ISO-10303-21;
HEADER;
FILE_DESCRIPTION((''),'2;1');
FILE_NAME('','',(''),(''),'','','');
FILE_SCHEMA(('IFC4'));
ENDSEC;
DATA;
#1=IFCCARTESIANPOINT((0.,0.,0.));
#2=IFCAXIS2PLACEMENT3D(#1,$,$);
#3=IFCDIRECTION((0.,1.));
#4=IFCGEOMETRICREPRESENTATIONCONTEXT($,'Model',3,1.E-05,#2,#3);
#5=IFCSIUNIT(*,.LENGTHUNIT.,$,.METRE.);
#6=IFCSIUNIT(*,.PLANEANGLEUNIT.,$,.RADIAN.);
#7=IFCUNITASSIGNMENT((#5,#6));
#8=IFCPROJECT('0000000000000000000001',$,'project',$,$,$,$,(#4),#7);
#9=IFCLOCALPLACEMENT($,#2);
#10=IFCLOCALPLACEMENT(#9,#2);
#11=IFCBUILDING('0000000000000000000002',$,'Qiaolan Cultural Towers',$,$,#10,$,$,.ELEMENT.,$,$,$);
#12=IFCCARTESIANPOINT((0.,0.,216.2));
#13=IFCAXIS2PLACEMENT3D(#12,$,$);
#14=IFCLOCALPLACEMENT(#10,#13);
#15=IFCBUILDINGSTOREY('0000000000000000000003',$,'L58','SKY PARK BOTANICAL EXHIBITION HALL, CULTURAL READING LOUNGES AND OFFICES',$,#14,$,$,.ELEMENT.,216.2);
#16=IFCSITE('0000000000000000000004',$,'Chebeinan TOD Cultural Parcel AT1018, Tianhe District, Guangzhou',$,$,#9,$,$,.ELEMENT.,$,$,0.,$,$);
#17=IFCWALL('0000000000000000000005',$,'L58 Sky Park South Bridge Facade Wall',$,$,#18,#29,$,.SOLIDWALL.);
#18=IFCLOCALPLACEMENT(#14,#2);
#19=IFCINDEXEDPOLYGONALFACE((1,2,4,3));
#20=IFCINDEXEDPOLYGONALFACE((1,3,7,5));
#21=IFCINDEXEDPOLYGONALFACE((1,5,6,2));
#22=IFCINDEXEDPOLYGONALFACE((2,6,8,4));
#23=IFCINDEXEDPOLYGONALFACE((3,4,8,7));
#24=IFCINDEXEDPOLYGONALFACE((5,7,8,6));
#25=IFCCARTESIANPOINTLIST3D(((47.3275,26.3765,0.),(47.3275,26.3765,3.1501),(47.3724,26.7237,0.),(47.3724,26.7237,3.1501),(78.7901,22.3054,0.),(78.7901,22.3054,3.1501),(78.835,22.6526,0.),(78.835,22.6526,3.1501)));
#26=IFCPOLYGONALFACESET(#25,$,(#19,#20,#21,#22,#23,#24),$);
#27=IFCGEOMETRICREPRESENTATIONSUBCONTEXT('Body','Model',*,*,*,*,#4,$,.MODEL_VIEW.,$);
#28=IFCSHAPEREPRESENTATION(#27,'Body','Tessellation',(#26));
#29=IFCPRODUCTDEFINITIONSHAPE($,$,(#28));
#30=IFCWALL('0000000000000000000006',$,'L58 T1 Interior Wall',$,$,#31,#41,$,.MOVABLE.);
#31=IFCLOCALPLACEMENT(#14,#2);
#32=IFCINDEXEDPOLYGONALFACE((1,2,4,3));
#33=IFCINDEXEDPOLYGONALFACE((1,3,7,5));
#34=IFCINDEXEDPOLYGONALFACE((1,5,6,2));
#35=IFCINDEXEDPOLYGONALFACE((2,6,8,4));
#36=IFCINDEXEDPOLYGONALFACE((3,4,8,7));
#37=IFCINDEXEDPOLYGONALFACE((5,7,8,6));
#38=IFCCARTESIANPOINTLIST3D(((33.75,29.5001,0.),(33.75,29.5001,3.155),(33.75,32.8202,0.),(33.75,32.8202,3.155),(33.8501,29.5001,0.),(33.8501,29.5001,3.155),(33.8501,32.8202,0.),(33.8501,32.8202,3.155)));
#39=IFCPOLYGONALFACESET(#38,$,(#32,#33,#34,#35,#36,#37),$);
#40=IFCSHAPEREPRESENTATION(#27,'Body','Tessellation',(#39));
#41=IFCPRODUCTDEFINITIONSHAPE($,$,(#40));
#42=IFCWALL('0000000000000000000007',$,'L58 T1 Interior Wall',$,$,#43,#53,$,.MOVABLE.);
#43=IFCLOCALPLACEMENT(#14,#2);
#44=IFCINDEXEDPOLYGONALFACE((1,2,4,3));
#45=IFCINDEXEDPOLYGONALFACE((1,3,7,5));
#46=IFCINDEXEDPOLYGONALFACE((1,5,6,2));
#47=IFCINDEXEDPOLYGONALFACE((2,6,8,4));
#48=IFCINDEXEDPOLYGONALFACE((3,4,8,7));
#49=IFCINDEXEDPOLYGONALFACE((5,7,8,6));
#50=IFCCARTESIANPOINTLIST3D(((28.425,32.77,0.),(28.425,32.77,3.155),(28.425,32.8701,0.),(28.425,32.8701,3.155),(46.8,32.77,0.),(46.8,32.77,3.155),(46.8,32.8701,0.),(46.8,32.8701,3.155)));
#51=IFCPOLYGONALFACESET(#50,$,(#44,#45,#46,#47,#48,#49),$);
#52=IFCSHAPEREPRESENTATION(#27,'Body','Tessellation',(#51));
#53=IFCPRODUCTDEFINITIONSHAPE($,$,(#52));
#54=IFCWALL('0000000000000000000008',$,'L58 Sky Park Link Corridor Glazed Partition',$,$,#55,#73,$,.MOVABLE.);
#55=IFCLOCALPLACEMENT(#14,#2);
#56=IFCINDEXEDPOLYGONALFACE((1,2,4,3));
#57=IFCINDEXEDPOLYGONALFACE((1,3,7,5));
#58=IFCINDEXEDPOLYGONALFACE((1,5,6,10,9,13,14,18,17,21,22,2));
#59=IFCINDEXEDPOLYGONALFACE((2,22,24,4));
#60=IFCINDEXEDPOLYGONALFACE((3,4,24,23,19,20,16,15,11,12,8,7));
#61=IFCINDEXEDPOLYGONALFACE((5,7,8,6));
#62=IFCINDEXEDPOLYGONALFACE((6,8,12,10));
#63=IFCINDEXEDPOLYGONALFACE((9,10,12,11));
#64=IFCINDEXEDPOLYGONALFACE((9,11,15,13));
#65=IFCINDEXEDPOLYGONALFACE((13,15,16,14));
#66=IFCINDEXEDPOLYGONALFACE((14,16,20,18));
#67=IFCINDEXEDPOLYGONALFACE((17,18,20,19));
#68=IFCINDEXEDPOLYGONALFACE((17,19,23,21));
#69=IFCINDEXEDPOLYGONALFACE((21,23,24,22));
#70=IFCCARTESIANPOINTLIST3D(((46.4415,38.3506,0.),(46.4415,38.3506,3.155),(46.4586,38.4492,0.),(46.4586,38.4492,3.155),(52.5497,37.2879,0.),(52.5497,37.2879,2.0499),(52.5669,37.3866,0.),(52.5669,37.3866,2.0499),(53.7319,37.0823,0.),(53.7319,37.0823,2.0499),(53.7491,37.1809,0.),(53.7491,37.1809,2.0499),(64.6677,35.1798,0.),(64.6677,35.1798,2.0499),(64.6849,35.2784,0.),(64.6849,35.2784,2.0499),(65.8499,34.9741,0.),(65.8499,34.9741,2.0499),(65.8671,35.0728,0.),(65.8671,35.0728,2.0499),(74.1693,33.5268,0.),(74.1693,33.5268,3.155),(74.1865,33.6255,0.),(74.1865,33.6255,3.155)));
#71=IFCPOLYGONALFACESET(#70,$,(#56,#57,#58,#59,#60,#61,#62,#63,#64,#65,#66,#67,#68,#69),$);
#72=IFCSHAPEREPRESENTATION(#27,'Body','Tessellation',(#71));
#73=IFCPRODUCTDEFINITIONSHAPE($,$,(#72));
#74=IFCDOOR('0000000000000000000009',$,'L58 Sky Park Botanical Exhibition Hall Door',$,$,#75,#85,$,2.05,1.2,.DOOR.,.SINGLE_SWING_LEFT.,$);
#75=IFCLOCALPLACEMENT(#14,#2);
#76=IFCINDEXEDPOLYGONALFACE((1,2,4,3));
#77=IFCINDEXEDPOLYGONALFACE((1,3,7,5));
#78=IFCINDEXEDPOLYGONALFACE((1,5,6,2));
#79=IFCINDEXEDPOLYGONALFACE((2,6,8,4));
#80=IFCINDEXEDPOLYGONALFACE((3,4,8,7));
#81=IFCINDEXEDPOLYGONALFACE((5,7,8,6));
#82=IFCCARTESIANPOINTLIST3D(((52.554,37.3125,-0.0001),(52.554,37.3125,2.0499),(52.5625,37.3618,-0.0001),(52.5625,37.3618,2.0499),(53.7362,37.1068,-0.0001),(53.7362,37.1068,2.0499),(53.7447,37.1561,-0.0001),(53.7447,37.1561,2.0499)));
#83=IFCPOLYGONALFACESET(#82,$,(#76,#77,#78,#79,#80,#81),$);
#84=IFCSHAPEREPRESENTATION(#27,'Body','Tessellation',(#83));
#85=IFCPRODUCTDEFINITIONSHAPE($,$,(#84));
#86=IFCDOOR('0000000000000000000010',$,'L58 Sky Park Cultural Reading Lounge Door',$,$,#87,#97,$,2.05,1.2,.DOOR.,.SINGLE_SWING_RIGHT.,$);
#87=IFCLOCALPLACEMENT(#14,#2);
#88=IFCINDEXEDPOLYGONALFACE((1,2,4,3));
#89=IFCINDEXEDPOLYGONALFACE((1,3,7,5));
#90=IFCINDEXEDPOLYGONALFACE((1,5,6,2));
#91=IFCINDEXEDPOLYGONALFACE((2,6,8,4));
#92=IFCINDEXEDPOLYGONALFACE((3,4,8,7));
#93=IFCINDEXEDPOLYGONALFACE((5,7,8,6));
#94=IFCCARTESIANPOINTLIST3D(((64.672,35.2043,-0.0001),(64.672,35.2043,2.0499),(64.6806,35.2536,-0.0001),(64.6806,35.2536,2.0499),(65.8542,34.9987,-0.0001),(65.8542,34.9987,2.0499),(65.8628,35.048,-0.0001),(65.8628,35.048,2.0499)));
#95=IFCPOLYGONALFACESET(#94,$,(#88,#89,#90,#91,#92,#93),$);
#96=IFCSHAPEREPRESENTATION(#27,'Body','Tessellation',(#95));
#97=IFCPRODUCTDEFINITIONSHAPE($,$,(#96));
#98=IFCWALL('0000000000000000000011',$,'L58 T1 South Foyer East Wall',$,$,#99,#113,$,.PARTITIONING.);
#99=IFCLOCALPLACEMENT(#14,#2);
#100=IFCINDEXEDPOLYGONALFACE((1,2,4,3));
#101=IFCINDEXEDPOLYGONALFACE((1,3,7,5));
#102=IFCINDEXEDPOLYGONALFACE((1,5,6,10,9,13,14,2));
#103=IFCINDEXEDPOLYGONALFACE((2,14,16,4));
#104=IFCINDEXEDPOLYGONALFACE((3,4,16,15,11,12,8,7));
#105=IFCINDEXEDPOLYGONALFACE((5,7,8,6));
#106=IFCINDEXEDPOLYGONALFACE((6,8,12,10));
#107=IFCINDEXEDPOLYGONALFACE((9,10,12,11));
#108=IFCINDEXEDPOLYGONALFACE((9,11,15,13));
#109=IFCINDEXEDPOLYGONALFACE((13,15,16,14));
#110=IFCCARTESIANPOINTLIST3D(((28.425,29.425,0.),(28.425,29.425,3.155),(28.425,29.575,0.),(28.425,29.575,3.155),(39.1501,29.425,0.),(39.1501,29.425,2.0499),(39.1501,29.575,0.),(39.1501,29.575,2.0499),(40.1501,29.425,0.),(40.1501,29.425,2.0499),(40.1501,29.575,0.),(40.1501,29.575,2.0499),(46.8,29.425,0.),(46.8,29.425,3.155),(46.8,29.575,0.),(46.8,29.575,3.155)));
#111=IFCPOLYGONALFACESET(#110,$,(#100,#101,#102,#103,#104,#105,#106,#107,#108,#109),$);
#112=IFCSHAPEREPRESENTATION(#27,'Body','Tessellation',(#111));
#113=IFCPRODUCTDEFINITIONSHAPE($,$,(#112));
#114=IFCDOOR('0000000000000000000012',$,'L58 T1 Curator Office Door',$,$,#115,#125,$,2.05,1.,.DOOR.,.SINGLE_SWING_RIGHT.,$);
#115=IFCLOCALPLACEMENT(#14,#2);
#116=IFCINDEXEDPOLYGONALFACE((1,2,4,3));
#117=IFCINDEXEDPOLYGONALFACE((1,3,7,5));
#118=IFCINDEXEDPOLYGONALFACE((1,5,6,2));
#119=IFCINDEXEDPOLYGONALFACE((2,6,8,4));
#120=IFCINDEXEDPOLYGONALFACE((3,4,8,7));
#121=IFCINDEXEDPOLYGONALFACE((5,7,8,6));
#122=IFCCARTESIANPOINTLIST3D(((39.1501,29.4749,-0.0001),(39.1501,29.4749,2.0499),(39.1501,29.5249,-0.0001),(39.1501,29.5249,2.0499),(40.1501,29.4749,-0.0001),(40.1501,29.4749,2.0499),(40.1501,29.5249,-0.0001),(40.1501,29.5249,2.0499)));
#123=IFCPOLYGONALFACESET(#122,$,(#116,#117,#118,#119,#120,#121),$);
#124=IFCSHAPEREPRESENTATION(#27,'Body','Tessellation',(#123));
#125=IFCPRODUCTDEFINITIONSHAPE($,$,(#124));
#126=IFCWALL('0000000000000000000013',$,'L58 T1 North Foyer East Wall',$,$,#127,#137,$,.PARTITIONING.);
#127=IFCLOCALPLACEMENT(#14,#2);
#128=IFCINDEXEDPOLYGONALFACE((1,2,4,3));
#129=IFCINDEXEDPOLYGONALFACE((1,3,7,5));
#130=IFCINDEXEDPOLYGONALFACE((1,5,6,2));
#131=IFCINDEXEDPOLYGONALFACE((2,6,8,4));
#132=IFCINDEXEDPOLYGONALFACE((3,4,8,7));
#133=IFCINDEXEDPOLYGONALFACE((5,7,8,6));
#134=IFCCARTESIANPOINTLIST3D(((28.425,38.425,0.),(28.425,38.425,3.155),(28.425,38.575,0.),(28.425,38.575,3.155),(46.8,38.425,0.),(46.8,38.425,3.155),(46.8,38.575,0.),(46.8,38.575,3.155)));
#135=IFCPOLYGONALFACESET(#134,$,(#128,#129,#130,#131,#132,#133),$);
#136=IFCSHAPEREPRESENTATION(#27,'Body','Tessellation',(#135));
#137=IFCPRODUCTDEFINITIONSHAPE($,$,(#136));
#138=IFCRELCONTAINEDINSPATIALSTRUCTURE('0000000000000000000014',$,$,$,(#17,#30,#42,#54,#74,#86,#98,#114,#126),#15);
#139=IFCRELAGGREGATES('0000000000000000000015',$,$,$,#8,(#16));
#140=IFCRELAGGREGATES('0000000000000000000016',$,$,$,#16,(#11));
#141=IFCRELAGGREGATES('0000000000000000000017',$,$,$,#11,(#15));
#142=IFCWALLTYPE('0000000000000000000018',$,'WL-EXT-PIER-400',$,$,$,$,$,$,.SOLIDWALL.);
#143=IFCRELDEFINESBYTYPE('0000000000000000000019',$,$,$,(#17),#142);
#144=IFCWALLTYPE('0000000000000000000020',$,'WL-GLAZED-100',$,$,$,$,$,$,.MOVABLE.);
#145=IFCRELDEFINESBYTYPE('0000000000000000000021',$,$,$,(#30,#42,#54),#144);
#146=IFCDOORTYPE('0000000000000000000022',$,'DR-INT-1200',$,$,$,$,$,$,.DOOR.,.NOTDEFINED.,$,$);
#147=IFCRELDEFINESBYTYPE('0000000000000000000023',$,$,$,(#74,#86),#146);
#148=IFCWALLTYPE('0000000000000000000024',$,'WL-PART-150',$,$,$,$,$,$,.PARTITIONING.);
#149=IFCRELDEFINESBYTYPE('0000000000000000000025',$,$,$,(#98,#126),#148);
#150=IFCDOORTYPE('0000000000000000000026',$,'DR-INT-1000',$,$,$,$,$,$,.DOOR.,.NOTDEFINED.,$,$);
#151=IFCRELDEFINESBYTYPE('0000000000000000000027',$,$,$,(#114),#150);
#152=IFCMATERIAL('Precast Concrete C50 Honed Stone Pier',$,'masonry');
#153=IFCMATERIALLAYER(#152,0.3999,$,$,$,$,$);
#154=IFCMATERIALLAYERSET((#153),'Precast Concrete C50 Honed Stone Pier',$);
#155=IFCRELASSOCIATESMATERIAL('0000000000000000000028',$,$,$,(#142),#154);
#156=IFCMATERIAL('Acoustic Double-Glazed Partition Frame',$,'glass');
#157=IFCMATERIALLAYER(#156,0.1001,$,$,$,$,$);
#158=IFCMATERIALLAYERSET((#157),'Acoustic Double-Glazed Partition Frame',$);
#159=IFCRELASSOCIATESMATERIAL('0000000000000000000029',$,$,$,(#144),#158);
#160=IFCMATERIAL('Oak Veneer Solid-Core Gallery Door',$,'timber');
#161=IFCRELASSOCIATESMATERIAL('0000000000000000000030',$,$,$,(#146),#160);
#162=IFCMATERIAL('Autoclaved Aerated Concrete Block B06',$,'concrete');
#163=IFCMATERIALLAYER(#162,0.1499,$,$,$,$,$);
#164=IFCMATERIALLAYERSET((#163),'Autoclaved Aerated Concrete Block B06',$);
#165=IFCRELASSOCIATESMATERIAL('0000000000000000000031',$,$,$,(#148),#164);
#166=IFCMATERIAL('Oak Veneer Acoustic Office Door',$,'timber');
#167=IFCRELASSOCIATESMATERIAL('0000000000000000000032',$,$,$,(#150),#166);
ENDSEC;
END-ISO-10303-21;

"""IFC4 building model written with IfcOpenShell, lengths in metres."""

from ifc_helpers import new_model, si_unit, direction, frame, frame_2d, origin, place, context, subcontext, project, spatial, rectangle, extrude, material, layer, layer_set, type_object, element, fill, save


model = new_model("IFC4")

# Units and contexts
model_context = context("Model", 3, precision=1e-05, world=origin(), true_north=direction((0.0, 1.0)))
body_context = subcontext(model_context, "Body", "Model", "MODEL_VIEW")
ifc_project = project(units=[si_unit("LENGTHUNIT", "METRE"), si_unit("PLANEANGLEUNIT", "RADIAN")], contexts=[model_context])

# Site, building, storey
site_placement = place(None, origin())
site = spatial("IfcSite", under=ifc_project, at=site_placement, Name="Chebeinan TOD Cultural Parcel AT1018, Tianhe District, Guangzhou", CompositionType="ELEMENT", RefElevation=0.0)
building_placement = place(site_placement, origin())
building = spatial("IfcBuilding", under=site, at=building_placement, Name="Qiaolan Cultural Towers", CompositionType="ELEMENT")
storey_placement = place(building_placement, frame((0.0, 0.0, 216.2)))
storey = spatial("IfcBuildingStorey", under=building, at=storey_placement, Name="L58", Description="SKY PARK BOTANICAL EXHIBITION HALL, CULTURAL READING LOUNGES AND OFFICES", CompositionType="ELEMENT", Elevation=216.2)

# Walls
ifc_material_1 = material(Name="Precast Concrete C50 Honed Stone Pier", Category="masonry")
ifc_layer_1 = layer(ifc_material_1, 0.3999)
ifc_layer_set_1 = layer_set([ifc_layer_1], Name="Precast Concrete C50 Honed Stone Pier")
wall_type_1 = type_object("IfcWallType", Name="WL-EXT-PIER-400", PredefinedType="SOLIDWALL", material=ifc_layer_set_1)
wall_1_placement = place(storey_placement, frame((47.3501, 26.55, 0.0), z_axis=(0.0, 0.0, 1.0), x_axis=(0.991732, -0.128323, 0.0)))
element("IfcWall", 1, at=wall_1_placement, inside=storey, type_object=wall_type_1, Name="L58 Sky Park South Bridge Facade Wall", PredefinedType="SOLIDWALL", context=body_context, shape_type="SweptSolid", body=[
    extrude(rectangle(XDim=31.7249, YDim=0.3501, at=frame_2d((15.8623, 0.0))), origin(), (0.0, 0.0, 1.0), 3.1501),
])
ifc_material_2 = material(Name="Acoustic Double-Glazed Partition Frame", Category="glass")
ifc_layer_2 = layer(ifc_material_2, 0.1001)
ifc_layer_set_2 = layer_set([ifc_layer_2], Name="Acoustic Double-Glazed Partition Frame")
wall_type_2 = type_object("IfcWallType", Name="WL-GLAZED-100", PredefinedType="MOVABLE", material=ifc_layer_set_2)
wall_2_placement = place(storey_placement, frame((33.8, 29.5, 0.0), z_axis=(0.0, 0.0, 1.0), x_axis=(0.0, 1.0, 0.0)))
element("IfcWall", 2, at=wall_2_placement, inside=storey, type_object=wall_type_2, Name="L58 T1 Interior Wall", PredefinedType="MOVABLE", context=body_context, shape_type="SweptSolid", body=[
    extrude(rectangle(XDim=3.3201, YDim=0.1001, at=frame_2d((1.6602, 0.0))), origin(), (0.0, 0.0, 1.0), 3.155),
])
wall_3_placement = place(storey_placement, frame((28.425, 32.8201, 0.0), z_axis=(0.0, 0.0, 1.0), x_axis=(1.0, 0.0, 0.0)))
element("IfcWall", 3, at=wall_3_placement, inside=storey, type_object=wall_type_2, Name="L58 T1 Interior Wall", PredefinedType="MOVABLE", context=body_context, shape_type="SweptSolid", body=[
    extrude(rectangle(XDim=18.375, YDim=0.1001, at=frame_2d((9.1875, 0.0))), origin(), (0.0, 0.0, 1.0), 3.155),
])

# Wall, openings, doors
wall_4_placement = place(storey_placement, frame((46.45, 38.3999, 0.0), z_axis=(0.0, 0.0, 1.0), x_axis=(0.985203, -0.171393, 0.0)))
wall_4 = element("IfcWall", 4, at=wall_4_placement, inside=storey, type_object=wall_type_2, Name="L58 Sky Park Link Corridor Glazed Partition", PredefinedType="MOVABLE", context=body_context, shape_type="SweptSolid", body=[
    extrude(rectangle(XDim=28.1443, YDim=0.1001, at=frame_2d((14.0723, 0.0))), origin(), (0.0, 0.0, 1.0), 3.155),
])
opening_1_placement = place(wall_4_placement, frame((6.2, 0.0, 0.0)))
opening_1 = element("IfcOpeningElement", 5, at=opening_1_placement, cuts=wall_4, PredefinedType="OPENING", context=body_context, shape_type="SweptSolid", body=[
    extrude(rectangle(XDim=1.2, YDim=2.05, at=frame_2d((0.6001, 1.0249))), frame((0.0, 0.0601, 0.0), z_axis=(0.0, -1.0, 0.0), x_axis=(1.0, 0.0, 0.0)), (0.0, 0.0, 1.0), 0.1201),
])
opening_2_placement = place(wall_4_placement, frame((18.5, 0.0, 0.0)))
opening_2 = element("IfcOpeningElement", 6, at=opening_2_placement, cuts=wall_4, PredefinedType="OPENING", context=body_context, shape_type="SweptSolid", body=[
    extrude(rectangle(XDim=1.2, YDim=2.05, at=frame_2d((0.6001, 1.0249))), frame((0.0, 0.0601, 0.0), z_axis=(0.0, -1.0, 0.0), x_axis=(1.0, 0.0, 0.0)), (0.0, 0.0, 1.0), 0.1201),
])
ifc_material_3 = material(Name="Oak Veneer Solid-Core Gallery Door", Category="timber")
door_type_1 = type_object("IfcDoorType", Name="DR-INT-1200", OperationType="NOTDEFINED", PredefinedType="DOOR", material=ifc_material_3)
door_1_placement = place(opening_1_placement, origin())
door_1 = element("IfcDoor", 7, at=door_1_placement, inside=storey, type_object=door_type_1, Name="L58 Sky Park Botanical Exhibition Hall Door", OperationType="SINGLE_SWING_LEFT", OverallHeight=2.05, OverallWidth=1.2, PredefinedType="DOOR", context=body_context, shape_type="SweptSolid", body=[
    extrude(rectangle(XDim=1.2, YDim=2.05, at=frame_2d((0.6001, 1.0249))), frame((0.0, 0.0249, 0.0), z_axis=(0.0, -1.0, 0.0), x_axis=(1.0, 0.0, 0.0)), (0.0, 0.0, 1.0), 0.05),
])
fill(opening_1, door_1)
door_2_placement = place(opening_2_placement, origin())
door_2 = element("IfcDoor", 8, at=door_2_placement, inside=storey, type_object=door_type_1, Name="L58 Sky Park Cultural Reading Lounge Door", OperationType="SINGLE_SWING_RIGHT", OverallHeight=2.05, OverallWidth=1.2, PredefinedType="DOOR", context=body_context, shape_type="SweptSolid", body=[
    extrude(rectangle(XDim=1.2, YDim=2.05, at=frame_2d((0.6001, 1.0249))), frame((0.0, 0.0249, 0.0), z_axis=(0.0, -1.0, 0.0), x_axis=(1.0, 0.0, 0.0)), (0.0, 0.0, 1.0), 0.05),
])
fill(opening_2, door_2)

# Wall, opening, door
ifc_material_4 = material(Name="Autoclaved Aerated Concrete Block B06", Category="concrete")
ifc_layer_3 = layer(ifc_material_4, 0.1499)
ifc_layer_set_3 = layer_set([ifc_layer_3], Name="Autoclaved Aerated Concrete Block B06")
wall_type_3 = type_object("IfcWallType", Name="WL-PART-150", PredefinedType="PARTITIONING", material=ifc_layer_set_3)
wall_5_placement = place(storey_placement, frame((28.425, 29.5, 0.0), z_axis=(0.0, 0.0, 1.0), x_axis=(1.0, 0.0, 0.0)))
wall_5 = element("IfcWall", 9, at=wall_5_placement, inside=storey, type_object=wall_type_3, Name="L58 T1 South Foyer East Wall", PredefinedType="PARTITIONING", context=body_context, shape_type="SweptSolid", body=[
    extrude(rectangle(XDim=18.375, YDim=0.1499, at=frame_2d((9.1875, 0.0))), origin(), (0.0, 0.0, 1.0), 3.155),
])
opening_3_placement = place(wall_5_placement, frame((10.7251, 0.0, 0.0)))
opening_3 = element("IfcOpeningElement", 10, at=opening_3_placement, cuts=wall_5, PredefinedType="OPENING", context=body_context, shape_type="SweptSolid", body=[
    extrude(rectangle(XDim=1.0, YDim=2.05, at=frame_2d((0.5, 1.0249))), frame((0.0, 0.085, 0.0), z_axis=(0.0, -1.0, 0.0), x_axis=(1.0, 0.0, 0.0)), (0.0, 0.0, 1.0), 0.1699),
])
ifc_material_5 = material(Name="Oak Veneer Acoustic Office Door", Category="timber")
door_type_2 = type_object("IfcDoorType", Name="DR-INT-1000", OperationType="NOTDEFINED", PredefinedType="DOOR", material=ifc_material_5)
door_3_placement = place(opening_3_placement, origin())
door_3 = element("IfcDoor", 11, at=door_3_placement, inside=storey, type_object=door_type_2, Name="L58 T1 Curator Office Door", OperationType="SINGLE_SWING_RIGHT", OverallHeight=2.05, OverallWidth=1.0, PredefinedType="DOOR", context=body_context, shape_type="SweptSolid", body=[
    extrude(rectangle(XDim=1.0, YDim=2.05, at=frame_2d((0.5, 1.0249))), frame((0.0, 0.0249, 0.0), z_axis=(0.0, -1.0, 0.0), x_axis=(1.0, 0.0, 0.0)), (0.0, 0.0, 1.0), 0.05),
])
fill(opening_3, door_3)

# Wall
wall_6_placement = place(storey_placement, frame((28.425, 38.5, 0.0), z_axis=(0.0, 0.0, 1.0), x_axis=(1.0, 0.0, 0.0)))
element("IfcWall", 12, at=wall_6_placement, inside=storey, type_object=wall_type_3, Name="L58 T1 North Foyer East Wall", PredefinedType="PARTITIONING", context=body_context, shape_type="SweptSolid", body=[
    extrude(rectangle(XDim=18.375, YDim=0.1499, at=frame_2d((9.1875, 0.0))), origin(), (0.0, 0.0, 1.0), 3.155),
])

save(model, "model.ifc")
